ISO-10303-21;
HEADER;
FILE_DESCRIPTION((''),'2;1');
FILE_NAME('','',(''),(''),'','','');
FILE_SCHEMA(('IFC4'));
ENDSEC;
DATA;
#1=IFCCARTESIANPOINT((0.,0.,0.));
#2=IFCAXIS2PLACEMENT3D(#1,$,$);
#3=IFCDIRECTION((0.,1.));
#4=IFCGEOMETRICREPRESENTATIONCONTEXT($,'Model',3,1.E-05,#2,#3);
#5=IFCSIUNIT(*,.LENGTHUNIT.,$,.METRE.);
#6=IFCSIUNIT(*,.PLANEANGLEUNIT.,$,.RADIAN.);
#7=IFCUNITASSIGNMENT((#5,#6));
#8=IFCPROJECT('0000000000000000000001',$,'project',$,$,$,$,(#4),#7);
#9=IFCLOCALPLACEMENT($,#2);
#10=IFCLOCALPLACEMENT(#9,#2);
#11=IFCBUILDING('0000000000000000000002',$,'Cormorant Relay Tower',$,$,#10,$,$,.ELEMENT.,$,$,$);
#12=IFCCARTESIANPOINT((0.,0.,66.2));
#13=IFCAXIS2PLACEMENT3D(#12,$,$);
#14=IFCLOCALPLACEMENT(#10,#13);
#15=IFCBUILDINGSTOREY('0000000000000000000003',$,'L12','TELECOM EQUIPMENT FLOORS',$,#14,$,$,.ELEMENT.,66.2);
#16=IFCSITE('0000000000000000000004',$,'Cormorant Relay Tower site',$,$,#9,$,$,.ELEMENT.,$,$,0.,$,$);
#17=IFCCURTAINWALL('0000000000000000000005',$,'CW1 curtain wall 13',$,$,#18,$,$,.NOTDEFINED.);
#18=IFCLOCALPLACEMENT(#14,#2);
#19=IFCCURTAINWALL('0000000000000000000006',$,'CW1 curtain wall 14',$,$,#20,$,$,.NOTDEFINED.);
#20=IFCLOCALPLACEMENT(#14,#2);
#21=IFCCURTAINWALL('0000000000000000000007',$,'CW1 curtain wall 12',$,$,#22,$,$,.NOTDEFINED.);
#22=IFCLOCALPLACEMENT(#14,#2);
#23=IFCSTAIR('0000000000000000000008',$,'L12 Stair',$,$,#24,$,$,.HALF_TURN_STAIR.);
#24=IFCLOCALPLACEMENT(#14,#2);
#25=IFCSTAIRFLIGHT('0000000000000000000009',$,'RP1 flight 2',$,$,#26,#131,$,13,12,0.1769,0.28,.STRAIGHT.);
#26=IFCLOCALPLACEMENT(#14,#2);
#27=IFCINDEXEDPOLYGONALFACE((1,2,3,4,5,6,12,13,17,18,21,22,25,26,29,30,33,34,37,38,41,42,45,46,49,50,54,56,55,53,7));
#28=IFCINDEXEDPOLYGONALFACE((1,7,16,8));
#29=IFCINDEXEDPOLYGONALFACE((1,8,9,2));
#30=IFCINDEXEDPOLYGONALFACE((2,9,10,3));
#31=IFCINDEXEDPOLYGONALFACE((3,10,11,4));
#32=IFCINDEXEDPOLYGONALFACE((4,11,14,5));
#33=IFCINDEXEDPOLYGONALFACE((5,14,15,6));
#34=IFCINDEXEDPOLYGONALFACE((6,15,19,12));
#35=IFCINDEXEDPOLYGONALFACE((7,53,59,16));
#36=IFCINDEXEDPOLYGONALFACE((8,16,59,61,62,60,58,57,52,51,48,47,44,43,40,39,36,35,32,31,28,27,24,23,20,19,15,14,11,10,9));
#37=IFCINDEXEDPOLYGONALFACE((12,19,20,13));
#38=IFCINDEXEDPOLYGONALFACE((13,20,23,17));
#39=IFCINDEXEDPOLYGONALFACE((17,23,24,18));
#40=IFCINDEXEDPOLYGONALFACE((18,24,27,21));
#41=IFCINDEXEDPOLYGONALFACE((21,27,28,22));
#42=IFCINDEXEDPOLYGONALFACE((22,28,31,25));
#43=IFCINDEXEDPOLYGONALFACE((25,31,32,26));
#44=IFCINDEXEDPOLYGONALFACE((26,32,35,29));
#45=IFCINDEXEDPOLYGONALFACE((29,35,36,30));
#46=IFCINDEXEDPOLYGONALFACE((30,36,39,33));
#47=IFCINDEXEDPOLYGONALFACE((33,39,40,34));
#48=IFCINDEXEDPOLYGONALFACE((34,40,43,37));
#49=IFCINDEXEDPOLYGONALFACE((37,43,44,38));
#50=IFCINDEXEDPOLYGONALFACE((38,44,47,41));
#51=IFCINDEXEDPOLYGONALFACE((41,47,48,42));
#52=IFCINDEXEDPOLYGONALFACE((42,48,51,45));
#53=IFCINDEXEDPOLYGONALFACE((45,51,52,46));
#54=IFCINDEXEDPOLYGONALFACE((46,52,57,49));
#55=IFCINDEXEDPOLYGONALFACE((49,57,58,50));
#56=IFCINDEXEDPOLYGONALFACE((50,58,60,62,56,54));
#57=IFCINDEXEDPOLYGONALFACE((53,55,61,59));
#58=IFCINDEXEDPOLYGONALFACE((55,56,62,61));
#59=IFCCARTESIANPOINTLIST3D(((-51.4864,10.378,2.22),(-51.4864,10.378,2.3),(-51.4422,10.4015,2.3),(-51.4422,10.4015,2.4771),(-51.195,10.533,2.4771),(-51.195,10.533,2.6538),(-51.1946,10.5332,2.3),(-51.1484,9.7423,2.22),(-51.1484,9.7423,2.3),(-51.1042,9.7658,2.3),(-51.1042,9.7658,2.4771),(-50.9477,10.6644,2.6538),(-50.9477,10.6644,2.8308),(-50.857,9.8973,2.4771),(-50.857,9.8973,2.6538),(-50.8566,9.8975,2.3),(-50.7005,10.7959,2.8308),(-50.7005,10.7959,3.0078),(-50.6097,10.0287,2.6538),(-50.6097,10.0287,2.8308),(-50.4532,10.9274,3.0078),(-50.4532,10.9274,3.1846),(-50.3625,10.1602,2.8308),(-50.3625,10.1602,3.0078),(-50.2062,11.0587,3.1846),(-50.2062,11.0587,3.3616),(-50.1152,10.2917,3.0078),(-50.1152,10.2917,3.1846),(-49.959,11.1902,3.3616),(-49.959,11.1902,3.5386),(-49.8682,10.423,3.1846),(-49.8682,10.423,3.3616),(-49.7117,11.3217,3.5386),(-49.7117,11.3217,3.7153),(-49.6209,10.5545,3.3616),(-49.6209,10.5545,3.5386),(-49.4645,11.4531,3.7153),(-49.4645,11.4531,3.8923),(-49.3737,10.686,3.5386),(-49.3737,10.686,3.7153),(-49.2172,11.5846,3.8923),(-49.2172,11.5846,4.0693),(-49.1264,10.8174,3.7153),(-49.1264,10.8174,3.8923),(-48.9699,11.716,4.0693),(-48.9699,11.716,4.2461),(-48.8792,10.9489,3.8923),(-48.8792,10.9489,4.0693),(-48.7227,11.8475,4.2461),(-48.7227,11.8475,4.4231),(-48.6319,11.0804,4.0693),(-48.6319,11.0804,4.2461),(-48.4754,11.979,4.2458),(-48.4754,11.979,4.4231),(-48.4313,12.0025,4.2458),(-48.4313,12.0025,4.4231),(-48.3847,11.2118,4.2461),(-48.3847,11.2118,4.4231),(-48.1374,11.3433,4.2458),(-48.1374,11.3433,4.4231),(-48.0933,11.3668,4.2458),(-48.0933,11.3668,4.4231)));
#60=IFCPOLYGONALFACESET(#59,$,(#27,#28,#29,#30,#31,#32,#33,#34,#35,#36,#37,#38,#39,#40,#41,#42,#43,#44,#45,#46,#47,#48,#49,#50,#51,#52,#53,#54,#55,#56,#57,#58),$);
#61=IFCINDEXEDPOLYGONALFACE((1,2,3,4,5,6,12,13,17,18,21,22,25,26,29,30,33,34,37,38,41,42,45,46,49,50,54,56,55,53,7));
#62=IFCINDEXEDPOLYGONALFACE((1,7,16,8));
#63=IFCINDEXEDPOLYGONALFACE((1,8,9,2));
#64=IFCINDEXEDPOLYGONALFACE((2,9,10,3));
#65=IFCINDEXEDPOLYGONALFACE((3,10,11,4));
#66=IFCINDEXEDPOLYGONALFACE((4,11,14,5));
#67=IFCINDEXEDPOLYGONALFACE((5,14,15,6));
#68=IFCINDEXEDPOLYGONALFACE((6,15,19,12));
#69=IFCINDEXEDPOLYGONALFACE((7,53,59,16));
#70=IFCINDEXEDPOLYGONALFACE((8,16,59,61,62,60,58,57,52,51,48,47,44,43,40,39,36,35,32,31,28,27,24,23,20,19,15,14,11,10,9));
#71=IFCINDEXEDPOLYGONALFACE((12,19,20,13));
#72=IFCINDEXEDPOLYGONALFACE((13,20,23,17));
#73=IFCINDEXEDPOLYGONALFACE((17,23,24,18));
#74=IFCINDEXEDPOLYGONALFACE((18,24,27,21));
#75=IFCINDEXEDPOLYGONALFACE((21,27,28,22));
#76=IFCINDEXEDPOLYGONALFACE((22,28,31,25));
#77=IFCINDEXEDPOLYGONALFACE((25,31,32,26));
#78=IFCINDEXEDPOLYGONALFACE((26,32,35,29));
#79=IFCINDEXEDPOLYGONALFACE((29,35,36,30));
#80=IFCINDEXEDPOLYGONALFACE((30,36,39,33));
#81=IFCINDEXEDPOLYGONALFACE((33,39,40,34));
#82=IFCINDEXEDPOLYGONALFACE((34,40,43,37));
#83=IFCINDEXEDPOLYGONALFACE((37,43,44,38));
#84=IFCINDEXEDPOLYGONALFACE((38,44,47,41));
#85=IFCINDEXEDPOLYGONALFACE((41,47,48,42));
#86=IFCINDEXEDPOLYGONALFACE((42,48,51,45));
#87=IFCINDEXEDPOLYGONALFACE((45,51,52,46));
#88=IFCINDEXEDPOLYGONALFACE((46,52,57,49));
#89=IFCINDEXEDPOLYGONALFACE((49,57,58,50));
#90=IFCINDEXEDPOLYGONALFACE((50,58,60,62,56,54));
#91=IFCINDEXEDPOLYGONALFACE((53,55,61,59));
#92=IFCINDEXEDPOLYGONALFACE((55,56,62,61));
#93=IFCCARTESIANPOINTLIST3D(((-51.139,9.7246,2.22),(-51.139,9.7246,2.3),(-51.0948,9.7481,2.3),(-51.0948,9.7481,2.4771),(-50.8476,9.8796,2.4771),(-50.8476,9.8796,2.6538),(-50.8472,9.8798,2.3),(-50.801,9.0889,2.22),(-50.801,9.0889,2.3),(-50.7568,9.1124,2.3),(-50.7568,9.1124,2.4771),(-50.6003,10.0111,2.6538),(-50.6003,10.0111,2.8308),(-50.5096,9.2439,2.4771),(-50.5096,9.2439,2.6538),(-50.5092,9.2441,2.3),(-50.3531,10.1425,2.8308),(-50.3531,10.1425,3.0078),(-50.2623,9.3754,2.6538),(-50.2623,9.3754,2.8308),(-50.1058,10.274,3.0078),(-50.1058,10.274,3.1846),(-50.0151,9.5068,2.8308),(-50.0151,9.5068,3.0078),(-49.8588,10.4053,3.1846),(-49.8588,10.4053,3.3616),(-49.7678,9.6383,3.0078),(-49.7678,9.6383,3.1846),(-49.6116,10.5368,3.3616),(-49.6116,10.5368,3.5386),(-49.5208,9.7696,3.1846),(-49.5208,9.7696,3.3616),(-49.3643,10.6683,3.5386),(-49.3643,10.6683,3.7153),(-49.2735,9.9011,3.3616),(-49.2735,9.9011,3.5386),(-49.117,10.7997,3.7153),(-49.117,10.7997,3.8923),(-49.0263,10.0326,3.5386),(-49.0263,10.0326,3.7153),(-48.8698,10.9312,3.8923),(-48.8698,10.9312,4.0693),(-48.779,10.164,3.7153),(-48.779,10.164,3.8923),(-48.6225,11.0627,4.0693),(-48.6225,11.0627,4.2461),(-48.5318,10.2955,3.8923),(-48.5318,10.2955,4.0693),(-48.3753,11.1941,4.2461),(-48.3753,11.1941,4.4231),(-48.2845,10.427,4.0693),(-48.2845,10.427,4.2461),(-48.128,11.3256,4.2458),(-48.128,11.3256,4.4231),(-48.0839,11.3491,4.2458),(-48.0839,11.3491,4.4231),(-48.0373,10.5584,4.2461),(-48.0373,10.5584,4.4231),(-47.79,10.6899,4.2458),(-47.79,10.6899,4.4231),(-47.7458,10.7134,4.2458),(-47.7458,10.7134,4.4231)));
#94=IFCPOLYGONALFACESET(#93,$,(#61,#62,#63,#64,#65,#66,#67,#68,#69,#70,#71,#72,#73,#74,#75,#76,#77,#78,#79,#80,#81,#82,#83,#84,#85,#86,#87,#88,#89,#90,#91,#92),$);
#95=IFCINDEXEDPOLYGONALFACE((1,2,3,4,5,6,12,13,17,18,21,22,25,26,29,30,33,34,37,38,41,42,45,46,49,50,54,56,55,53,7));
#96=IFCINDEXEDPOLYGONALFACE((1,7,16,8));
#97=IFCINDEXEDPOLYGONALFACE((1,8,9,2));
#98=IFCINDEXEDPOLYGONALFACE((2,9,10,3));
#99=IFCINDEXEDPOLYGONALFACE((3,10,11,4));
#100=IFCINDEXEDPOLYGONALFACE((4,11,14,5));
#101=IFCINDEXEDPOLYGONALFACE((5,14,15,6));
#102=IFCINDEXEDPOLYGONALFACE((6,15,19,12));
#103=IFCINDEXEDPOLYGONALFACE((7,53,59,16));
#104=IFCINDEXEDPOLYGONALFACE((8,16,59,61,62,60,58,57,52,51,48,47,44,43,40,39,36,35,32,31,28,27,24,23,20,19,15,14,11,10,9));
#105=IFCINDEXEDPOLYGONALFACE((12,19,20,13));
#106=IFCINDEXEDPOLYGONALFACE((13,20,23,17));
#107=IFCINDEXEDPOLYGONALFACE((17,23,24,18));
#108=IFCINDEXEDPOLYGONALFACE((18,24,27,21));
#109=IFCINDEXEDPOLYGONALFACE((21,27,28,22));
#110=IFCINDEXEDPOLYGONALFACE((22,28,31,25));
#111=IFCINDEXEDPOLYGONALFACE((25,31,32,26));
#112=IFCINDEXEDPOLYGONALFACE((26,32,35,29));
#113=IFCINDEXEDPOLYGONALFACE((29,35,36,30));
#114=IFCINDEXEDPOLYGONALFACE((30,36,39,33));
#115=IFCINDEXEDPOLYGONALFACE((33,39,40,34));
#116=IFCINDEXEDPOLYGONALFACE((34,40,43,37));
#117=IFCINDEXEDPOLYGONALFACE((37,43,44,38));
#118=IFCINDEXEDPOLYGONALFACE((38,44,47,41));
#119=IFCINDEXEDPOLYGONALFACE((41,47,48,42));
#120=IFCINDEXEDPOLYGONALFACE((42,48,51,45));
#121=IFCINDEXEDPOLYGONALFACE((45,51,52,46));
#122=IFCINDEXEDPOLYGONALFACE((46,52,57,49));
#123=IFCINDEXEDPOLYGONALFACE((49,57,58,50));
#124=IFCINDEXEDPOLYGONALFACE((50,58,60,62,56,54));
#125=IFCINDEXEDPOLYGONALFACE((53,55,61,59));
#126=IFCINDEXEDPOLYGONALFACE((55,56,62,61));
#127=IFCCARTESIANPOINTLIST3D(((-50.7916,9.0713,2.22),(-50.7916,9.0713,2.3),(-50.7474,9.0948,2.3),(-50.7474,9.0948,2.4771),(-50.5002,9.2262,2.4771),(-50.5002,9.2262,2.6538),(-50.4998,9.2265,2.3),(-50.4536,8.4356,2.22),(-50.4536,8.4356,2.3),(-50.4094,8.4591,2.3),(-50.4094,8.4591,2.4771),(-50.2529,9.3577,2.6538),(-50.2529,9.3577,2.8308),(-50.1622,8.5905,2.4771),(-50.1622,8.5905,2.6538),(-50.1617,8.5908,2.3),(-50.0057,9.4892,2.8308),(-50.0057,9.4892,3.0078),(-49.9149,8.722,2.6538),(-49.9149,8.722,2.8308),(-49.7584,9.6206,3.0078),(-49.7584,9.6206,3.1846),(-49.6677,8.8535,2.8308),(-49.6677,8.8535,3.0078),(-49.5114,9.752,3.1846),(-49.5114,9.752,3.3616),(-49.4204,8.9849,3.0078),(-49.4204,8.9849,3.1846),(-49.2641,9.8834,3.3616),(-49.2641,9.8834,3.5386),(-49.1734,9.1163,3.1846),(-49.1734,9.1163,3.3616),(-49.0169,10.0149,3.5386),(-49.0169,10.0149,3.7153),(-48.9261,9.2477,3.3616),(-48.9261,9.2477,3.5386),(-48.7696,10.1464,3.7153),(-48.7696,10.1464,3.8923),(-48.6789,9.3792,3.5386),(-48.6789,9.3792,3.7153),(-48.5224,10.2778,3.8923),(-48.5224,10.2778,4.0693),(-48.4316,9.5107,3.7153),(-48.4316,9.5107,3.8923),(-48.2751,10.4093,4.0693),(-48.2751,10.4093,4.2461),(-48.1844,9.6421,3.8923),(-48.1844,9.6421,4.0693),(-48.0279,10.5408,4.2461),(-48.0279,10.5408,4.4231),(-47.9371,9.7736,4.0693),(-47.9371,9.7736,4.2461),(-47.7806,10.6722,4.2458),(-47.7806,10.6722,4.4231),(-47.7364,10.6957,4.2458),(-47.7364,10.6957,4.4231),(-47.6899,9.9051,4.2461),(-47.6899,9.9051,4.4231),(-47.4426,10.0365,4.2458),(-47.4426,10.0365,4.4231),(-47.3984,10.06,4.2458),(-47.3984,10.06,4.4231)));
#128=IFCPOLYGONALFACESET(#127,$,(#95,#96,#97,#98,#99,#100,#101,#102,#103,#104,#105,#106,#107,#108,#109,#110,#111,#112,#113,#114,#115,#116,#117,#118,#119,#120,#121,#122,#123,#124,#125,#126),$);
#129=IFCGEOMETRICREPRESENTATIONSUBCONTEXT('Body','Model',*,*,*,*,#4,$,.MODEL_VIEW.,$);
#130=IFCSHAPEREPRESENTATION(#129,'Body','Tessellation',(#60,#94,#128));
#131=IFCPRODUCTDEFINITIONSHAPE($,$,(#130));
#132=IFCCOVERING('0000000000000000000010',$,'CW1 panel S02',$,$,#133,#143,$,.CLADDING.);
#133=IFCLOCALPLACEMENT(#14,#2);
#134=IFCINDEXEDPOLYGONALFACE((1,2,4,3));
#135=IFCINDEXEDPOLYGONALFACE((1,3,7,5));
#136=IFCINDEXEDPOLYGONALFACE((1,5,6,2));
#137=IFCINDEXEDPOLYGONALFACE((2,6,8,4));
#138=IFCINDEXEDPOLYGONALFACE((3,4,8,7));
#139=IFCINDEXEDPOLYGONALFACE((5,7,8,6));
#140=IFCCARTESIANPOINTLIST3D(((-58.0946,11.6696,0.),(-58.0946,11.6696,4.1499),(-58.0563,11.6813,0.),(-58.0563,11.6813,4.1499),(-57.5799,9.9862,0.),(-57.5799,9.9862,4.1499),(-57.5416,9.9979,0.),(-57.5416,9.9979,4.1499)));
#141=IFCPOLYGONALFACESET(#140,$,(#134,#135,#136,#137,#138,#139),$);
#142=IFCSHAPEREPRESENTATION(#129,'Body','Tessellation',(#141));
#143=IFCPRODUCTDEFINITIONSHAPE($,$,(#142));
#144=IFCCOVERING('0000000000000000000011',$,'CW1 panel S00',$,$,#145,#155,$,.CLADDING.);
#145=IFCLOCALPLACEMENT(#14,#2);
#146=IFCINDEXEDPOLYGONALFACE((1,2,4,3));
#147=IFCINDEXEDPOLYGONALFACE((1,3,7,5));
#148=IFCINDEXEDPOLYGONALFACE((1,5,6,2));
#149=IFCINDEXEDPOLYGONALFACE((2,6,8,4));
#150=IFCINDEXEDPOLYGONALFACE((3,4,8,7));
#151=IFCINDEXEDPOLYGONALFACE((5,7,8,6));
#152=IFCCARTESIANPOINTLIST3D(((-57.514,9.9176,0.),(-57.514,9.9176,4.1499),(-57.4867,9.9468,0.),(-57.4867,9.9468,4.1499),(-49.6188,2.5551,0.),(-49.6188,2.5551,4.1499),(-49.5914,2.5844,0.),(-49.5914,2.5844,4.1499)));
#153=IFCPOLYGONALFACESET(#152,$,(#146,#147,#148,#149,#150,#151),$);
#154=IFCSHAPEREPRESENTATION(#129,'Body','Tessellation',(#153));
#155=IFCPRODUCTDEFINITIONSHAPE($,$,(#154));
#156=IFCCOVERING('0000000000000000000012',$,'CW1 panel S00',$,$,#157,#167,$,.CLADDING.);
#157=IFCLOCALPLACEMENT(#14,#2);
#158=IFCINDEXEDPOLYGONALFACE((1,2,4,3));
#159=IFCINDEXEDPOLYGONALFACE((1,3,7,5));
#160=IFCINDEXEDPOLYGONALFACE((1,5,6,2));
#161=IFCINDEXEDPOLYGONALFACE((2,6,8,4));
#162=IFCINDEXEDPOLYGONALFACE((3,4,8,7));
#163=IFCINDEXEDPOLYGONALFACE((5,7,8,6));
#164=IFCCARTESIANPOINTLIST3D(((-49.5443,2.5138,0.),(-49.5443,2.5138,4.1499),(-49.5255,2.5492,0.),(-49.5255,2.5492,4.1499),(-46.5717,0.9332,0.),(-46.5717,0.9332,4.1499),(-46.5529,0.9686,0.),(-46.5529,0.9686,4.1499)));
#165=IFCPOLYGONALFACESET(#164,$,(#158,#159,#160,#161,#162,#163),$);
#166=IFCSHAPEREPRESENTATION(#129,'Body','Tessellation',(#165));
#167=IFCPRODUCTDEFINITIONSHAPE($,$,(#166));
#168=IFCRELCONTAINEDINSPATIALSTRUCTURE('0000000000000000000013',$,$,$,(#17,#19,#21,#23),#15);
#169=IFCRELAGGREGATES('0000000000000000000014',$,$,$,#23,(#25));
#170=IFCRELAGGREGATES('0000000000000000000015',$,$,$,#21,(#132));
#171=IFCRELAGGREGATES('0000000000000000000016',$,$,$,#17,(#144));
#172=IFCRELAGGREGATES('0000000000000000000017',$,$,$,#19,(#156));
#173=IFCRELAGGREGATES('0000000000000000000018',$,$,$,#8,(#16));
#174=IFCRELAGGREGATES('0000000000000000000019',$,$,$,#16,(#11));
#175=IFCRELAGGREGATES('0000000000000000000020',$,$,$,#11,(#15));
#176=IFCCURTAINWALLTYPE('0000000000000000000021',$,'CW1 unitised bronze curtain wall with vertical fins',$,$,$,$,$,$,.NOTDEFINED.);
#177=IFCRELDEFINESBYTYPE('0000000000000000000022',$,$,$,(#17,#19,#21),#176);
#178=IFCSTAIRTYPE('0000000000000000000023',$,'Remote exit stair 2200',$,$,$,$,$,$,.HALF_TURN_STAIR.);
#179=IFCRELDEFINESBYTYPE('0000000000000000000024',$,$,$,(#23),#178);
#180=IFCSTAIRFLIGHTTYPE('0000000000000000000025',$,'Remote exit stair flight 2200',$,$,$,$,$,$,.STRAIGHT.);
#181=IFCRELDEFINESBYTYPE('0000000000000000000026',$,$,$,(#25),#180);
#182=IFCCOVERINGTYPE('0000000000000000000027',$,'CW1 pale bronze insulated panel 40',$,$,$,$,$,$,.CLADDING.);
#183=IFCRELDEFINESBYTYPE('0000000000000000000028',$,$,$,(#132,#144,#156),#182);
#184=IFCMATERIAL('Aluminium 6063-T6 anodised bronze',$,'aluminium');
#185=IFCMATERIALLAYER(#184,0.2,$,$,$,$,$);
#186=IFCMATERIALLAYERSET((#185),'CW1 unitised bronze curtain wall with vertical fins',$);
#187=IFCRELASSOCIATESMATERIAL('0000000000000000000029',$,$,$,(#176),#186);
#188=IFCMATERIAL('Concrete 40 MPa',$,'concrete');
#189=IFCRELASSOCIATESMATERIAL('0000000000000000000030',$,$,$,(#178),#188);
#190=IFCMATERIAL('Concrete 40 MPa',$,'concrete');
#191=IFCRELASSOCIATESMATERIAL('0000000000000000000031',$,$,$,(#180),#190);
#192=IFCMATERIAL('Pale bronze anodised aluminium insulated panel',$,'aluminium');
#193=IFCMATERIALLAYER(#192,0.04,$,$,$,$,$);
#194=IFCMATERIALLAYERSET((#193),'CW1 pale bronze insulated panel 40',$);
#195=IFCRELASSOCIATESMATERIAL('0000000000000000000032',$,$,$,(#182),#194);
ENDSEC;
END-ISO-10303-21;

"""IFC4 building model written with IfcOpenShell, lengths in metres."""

from ifc_helpers import new_model, si_unit, direction, frame, origin, origin_2d, place, context, subcontext, project, spatial, polyline, rectangle, outline, extrude, material, layer, layer_set, type_object, element, aggregate, save


model = new_model("IFC4")

# Units and contexts
model_context = context("Model", 3, precision=1e-05, world=origin(), true_north=direction((0.0, 1.0)))
body_context = subcontext(model_context, "Body", "Model", "MODEL_VIEW")
ifc_project = project(units=[si_unit("LENGTHUNIT", "METRE"), si_unit("PLANEANGLEUNIT", "RADIAN")], contexts=[model_context])

# Site, building, storey
site_placement = place(None, origin())
site = spatial("IfcSite", under=ifc_project, at=site_placement, Name="Cormorant Relay Tower site", CompositionType="ELEMENT", RefElevation=0.0)
building_placement = place(site_placement, origin())
building = spatial("IfcBuilding", under=site, at=building_placement, Name="Cormorant Relay Tower", CompositionType="ELEMENT")
storey_placement = place(building_placement, frame((0.0, 0.0, 66.2)))
storey = spatial("IfcBuildingStorey", under=building, at=storey_placement, Name="L12", Description="TELECOM EQUIPMENT FLOORS", CompositionType="ELEMENT", Elevation=66.2)

# Curtain walls
ifc_material_1 = material(Name="Aluminium 6063-T6 anodised bronze", Category="aluminium")
ifc_layer_1 = layer(ifc_material_1, 0.2)
ifc_layer_set_1 = layer_set([ifc_layer_1], Name="CW1 unitised bronze curtain wall with vertical fins")
curtain_wall_type = type_object("IfcCurtainWallType", Name="CW1 unitised bronze curtain wall with vertical fins", PredefinedType="NOTDEFINED", material=ifc_layer_set_1)
curtain_wall_1_placement = place(storey_placement, origin())
curtain_wall_1 = element("IfcCurtainWall", 1, at=curtain_wall_1_placement, inside=storey, type_object=curtain_wall_type, Name="CW1 curtain wall 13", PredefinedType="NOTDEFINED")
curtain_wall_2_placement = place(storey_placement, origin())
curtain_wall_2 = element("IfcCurtainWall", 2, at=curtain_wall_2_placement, inside=storey, type_object=curtain_wall_type, Name="CW1 curtain wall 14", PredefinedType="NOTDEFINED")

# Curtain wall
curtain_wall_3_placement = place(storey_placement, origin())
curtain_wall_3 = element("IfcCurtainWall", 3, at=curtain_wall_3_placement, inside=storey, type_object=curtain_wall_type, Name="CW1 curtain wall 12", PredefinedType="NOTDEFINED")

# Stair, stair flight
ifc_material_2 = material(Name="Concrete 40 MPa", Category="concrete")
stair_type = type_object("IfcStairType", Name="Remote exit stair 2200", PredefinedType="HALF_TURN_STAIR", material=ifc_material_2)
stair_placement = place(storey_placement, origin())
stair = element("IfcStair", 4, at=stair_placement, inside=storey, type_object=stair_type, Name="L12 Stair", PredefinedType="HALF_TURN_STAIR")
ifc_material_3 = material(Name="Concrete 40 MPa", Category="concrete")
stair_flight_type = type_object("IfcStairFlightType", Name="Remote exit stair flight 2200", PredefinedType="STRAIGHT", material=ifc_material_3)
stair_flight_1_placement = place(storey_placement, frame((-50.9258, 9.4302, 2.3), z_axis=(0.0, 0.0, 1.0), x_axis=(0.882948, 0.469472, 0.0)))
stair_flight_1 = element("IfcStairFlight", 5, at=stair_flight_1_placement, type_object=stair_flight_type, Name="RP1 flight 2", NumberOfRisers=13, NumberOfTreads=12, PredefinedType="STRAIGHT", RiserHeight=0.1769, TreadLength=0.28, context=body_context, shape_type="SweptSolid", body=[
    extrude(outline(polyline([(-0.05, -0.0801), (-0.05, 0.0), (0.0, 0.0), (0.0, 0.177), (0.28, 0.177), (0.28, 0.3538), (0.5601, 0.3538), (0.5601, 0.5308), (0.8401, 0.5308), (0.8401, 0.7078), (1.1201, 0.7078), (1.1201, 0.8845), (1.3999, 0.8845), (1.3999, 1.0615), (1.6799, 1.0615), (1.6799, 1.2385), (1.96, 1.2385), (1.96, 1.4153), (2.24, 1.4153), (2.24, 1.5923), (2.52, 1.5923), (2.52, 1.7693), (2.8, 1.7693), (2.8, 1.946), (3.0801, 1.946), (3.0801, 2.123), (3.3601, 2.123), (3.4102, 2.123), (3.4102, 1.9458), (3.3601, 1.9458), (0.2805, 0.0), (-0.05, -0.0801)])), frame((0.0, 1.1001, 0.0), z_axis=(0.0, -1.0, 0.0), x_axis=(1.0, 0.0, 0.0)), (0.0, 0.0, 1.0), 0.72),
    extrude(outline(polyline([(-0.05, -0.0801), (-0.05, 0.0), (0.0, 0.0), (0.0, 0.177), (0.28, 0.177), (0.28, 0.3538), (0.5601, 0.3538), (0.5601, 0.5308), (0.8401, 0.5308), (0.8401, 0.7078), (1.1201, 0.7078), (1.1201, 0.8845), (1.3999, 0.8845), (1.3999, 1.0615), (1.6799, 1.0615), (1.6799, 1.2385), (1.96, 1.2385), (1.96, 1.4153), (2.24, 1.4153), (2.24, 1.5923), (2.52, 1.5923), (2.52, 1.7693), (2.8, 1.7693), (2.8, 1.946), (3.0801, 1.946), (3.0801, 2.123), (3.3601, 2.123), (3.4102, 2.123), (3.4102, 1.9458), (3.3601, 1.9458), (0.2805, 0.0), (-0.05, -0.0801)])), frame((0.0, 0.3601, 0.0), z_axis=(0.0, -1.0, 0.0), x_axis=(1.0, 0.0, 0.0)), (0.0, 0.0, 1.0), 0.72),
    extrude(outline(polyline([(-0.05, -0.0801), (-0.05, 0.0), (0.0, 0.0), (0.0, 0.177), (0.28, 0.177), (0.28, 0.3538), (0.5601, 0.3538), (0.5601, 0.5308), (0.8401, 0.5308), (0.8401, 0.7078), (1.1201, 0.7078), (1.1201, 0.8845), (1.3999, 0.8845), (1.3999, 1.0615), (1.6799, 1.0615), (1.6799, 1.2385), (1.96, 1.2385), (1.96, 1.4153), (2.24, 1.4153), (2.24, 1.5923), (2.52, 1.5923), (2.52, 1.7693), (2.8, 1.7693), (2.8, 1.946), (3.0801, 1.946), (3.0801, 2.123), (3.3601, 2.123), (3.4102, 2.123), (3.4102, 1.9458), (3.3601, 1.9458), (0.2805, 0.0), (-0.05, -0.0801)])), frame((0.0, -0.3799, 0.0), z_axis=(0.0, -1.0, 0.0), x_axis=(1.0, 0.0, 0.0)), (0.0, 0.0, 1.0), 0.72),
])
aggregate(stair, [stair_flight_1])

# Coverings
ifc_material_4 = material(Name="Pale bronze anodised aluminium insulated panel", Category="aluminium")
ifc_layer_2 = layer(ifc_material_4, 0.04)
ifc_layer_set_2 = layer_set([ifc_layer_2], Name="CW1 pale bronze insulated panel 40")
covering_type = type_object("IfcCoveringType", Name="CW1 pale bronze insulated panel 40", PredefinedType="CLADDING", material=ifc_layer_set_2)
covering_1_placement = place(storey_placement, frame((-57.8181, 10.8337, 0.0), z_axis=(0.0, 0.0, 1.0), x_axis=(0.292372, -0.956305, 0.0)))
covering_1 = element("IfcCovering", 6, at=covering_1_placement, type_object=covering_type, Name="CW1 panel S02", PredefinedType="CLADDING", context=body_context, shape_type="SweptSolid", body=[
    extrude(rectangle(XDim=1.7603, YDim=0.04, at=origin_2d()), origin(), (0.0, 0.0, 1.0), 4.1499),
])
aggregate(curtain_wall_3, [covering_1])
covering_2_placement = place(storey_placement, frame((-53.5527, 6.251, 0.0), z_axis=(0.0, 0.0, 1.0), x_axis=(0.731354, -0.681998, 0.0)))
covering_2 = element("IfcCovering", 7, at=covering_2_placement, type_object=covering_type, Name="CW1 panel S00", PredefinedType="CLADDING", context=body_context, shape_type="SweptSolid", body=[
    extrude(rectangle(XDim=10.7954, YDim=0.04, at=origin_2d()), origin(), (0.0, 0.0, 1.0), 4.1499),
])
aggregate(curtain_wall_1, [covering_2])
covering_3_placement = place(storey_placement, frame((-48.0486, 1.7412, 0.0), z_axis=(0.0, 0.0, 1.0), x_axis=(0.882948, -0.469472, 0.0)))
covering_3 = element("IfcCovering", 8, at=covering_3_placement, type_object=covering_type, Name="CW1 panel S00", PredefinedType="CLADDING", context=body_context, shape_type="SweptSolid", body=[
    extrude(rectangle(XDim=3.3667, YDim=0.04, at=origin_2d()), origin(), (0.0, 0.0, 1.0), 4.1499),
])
aggregate(curtain_wall_2, [covering_3])

save(model, "model.ifc")
